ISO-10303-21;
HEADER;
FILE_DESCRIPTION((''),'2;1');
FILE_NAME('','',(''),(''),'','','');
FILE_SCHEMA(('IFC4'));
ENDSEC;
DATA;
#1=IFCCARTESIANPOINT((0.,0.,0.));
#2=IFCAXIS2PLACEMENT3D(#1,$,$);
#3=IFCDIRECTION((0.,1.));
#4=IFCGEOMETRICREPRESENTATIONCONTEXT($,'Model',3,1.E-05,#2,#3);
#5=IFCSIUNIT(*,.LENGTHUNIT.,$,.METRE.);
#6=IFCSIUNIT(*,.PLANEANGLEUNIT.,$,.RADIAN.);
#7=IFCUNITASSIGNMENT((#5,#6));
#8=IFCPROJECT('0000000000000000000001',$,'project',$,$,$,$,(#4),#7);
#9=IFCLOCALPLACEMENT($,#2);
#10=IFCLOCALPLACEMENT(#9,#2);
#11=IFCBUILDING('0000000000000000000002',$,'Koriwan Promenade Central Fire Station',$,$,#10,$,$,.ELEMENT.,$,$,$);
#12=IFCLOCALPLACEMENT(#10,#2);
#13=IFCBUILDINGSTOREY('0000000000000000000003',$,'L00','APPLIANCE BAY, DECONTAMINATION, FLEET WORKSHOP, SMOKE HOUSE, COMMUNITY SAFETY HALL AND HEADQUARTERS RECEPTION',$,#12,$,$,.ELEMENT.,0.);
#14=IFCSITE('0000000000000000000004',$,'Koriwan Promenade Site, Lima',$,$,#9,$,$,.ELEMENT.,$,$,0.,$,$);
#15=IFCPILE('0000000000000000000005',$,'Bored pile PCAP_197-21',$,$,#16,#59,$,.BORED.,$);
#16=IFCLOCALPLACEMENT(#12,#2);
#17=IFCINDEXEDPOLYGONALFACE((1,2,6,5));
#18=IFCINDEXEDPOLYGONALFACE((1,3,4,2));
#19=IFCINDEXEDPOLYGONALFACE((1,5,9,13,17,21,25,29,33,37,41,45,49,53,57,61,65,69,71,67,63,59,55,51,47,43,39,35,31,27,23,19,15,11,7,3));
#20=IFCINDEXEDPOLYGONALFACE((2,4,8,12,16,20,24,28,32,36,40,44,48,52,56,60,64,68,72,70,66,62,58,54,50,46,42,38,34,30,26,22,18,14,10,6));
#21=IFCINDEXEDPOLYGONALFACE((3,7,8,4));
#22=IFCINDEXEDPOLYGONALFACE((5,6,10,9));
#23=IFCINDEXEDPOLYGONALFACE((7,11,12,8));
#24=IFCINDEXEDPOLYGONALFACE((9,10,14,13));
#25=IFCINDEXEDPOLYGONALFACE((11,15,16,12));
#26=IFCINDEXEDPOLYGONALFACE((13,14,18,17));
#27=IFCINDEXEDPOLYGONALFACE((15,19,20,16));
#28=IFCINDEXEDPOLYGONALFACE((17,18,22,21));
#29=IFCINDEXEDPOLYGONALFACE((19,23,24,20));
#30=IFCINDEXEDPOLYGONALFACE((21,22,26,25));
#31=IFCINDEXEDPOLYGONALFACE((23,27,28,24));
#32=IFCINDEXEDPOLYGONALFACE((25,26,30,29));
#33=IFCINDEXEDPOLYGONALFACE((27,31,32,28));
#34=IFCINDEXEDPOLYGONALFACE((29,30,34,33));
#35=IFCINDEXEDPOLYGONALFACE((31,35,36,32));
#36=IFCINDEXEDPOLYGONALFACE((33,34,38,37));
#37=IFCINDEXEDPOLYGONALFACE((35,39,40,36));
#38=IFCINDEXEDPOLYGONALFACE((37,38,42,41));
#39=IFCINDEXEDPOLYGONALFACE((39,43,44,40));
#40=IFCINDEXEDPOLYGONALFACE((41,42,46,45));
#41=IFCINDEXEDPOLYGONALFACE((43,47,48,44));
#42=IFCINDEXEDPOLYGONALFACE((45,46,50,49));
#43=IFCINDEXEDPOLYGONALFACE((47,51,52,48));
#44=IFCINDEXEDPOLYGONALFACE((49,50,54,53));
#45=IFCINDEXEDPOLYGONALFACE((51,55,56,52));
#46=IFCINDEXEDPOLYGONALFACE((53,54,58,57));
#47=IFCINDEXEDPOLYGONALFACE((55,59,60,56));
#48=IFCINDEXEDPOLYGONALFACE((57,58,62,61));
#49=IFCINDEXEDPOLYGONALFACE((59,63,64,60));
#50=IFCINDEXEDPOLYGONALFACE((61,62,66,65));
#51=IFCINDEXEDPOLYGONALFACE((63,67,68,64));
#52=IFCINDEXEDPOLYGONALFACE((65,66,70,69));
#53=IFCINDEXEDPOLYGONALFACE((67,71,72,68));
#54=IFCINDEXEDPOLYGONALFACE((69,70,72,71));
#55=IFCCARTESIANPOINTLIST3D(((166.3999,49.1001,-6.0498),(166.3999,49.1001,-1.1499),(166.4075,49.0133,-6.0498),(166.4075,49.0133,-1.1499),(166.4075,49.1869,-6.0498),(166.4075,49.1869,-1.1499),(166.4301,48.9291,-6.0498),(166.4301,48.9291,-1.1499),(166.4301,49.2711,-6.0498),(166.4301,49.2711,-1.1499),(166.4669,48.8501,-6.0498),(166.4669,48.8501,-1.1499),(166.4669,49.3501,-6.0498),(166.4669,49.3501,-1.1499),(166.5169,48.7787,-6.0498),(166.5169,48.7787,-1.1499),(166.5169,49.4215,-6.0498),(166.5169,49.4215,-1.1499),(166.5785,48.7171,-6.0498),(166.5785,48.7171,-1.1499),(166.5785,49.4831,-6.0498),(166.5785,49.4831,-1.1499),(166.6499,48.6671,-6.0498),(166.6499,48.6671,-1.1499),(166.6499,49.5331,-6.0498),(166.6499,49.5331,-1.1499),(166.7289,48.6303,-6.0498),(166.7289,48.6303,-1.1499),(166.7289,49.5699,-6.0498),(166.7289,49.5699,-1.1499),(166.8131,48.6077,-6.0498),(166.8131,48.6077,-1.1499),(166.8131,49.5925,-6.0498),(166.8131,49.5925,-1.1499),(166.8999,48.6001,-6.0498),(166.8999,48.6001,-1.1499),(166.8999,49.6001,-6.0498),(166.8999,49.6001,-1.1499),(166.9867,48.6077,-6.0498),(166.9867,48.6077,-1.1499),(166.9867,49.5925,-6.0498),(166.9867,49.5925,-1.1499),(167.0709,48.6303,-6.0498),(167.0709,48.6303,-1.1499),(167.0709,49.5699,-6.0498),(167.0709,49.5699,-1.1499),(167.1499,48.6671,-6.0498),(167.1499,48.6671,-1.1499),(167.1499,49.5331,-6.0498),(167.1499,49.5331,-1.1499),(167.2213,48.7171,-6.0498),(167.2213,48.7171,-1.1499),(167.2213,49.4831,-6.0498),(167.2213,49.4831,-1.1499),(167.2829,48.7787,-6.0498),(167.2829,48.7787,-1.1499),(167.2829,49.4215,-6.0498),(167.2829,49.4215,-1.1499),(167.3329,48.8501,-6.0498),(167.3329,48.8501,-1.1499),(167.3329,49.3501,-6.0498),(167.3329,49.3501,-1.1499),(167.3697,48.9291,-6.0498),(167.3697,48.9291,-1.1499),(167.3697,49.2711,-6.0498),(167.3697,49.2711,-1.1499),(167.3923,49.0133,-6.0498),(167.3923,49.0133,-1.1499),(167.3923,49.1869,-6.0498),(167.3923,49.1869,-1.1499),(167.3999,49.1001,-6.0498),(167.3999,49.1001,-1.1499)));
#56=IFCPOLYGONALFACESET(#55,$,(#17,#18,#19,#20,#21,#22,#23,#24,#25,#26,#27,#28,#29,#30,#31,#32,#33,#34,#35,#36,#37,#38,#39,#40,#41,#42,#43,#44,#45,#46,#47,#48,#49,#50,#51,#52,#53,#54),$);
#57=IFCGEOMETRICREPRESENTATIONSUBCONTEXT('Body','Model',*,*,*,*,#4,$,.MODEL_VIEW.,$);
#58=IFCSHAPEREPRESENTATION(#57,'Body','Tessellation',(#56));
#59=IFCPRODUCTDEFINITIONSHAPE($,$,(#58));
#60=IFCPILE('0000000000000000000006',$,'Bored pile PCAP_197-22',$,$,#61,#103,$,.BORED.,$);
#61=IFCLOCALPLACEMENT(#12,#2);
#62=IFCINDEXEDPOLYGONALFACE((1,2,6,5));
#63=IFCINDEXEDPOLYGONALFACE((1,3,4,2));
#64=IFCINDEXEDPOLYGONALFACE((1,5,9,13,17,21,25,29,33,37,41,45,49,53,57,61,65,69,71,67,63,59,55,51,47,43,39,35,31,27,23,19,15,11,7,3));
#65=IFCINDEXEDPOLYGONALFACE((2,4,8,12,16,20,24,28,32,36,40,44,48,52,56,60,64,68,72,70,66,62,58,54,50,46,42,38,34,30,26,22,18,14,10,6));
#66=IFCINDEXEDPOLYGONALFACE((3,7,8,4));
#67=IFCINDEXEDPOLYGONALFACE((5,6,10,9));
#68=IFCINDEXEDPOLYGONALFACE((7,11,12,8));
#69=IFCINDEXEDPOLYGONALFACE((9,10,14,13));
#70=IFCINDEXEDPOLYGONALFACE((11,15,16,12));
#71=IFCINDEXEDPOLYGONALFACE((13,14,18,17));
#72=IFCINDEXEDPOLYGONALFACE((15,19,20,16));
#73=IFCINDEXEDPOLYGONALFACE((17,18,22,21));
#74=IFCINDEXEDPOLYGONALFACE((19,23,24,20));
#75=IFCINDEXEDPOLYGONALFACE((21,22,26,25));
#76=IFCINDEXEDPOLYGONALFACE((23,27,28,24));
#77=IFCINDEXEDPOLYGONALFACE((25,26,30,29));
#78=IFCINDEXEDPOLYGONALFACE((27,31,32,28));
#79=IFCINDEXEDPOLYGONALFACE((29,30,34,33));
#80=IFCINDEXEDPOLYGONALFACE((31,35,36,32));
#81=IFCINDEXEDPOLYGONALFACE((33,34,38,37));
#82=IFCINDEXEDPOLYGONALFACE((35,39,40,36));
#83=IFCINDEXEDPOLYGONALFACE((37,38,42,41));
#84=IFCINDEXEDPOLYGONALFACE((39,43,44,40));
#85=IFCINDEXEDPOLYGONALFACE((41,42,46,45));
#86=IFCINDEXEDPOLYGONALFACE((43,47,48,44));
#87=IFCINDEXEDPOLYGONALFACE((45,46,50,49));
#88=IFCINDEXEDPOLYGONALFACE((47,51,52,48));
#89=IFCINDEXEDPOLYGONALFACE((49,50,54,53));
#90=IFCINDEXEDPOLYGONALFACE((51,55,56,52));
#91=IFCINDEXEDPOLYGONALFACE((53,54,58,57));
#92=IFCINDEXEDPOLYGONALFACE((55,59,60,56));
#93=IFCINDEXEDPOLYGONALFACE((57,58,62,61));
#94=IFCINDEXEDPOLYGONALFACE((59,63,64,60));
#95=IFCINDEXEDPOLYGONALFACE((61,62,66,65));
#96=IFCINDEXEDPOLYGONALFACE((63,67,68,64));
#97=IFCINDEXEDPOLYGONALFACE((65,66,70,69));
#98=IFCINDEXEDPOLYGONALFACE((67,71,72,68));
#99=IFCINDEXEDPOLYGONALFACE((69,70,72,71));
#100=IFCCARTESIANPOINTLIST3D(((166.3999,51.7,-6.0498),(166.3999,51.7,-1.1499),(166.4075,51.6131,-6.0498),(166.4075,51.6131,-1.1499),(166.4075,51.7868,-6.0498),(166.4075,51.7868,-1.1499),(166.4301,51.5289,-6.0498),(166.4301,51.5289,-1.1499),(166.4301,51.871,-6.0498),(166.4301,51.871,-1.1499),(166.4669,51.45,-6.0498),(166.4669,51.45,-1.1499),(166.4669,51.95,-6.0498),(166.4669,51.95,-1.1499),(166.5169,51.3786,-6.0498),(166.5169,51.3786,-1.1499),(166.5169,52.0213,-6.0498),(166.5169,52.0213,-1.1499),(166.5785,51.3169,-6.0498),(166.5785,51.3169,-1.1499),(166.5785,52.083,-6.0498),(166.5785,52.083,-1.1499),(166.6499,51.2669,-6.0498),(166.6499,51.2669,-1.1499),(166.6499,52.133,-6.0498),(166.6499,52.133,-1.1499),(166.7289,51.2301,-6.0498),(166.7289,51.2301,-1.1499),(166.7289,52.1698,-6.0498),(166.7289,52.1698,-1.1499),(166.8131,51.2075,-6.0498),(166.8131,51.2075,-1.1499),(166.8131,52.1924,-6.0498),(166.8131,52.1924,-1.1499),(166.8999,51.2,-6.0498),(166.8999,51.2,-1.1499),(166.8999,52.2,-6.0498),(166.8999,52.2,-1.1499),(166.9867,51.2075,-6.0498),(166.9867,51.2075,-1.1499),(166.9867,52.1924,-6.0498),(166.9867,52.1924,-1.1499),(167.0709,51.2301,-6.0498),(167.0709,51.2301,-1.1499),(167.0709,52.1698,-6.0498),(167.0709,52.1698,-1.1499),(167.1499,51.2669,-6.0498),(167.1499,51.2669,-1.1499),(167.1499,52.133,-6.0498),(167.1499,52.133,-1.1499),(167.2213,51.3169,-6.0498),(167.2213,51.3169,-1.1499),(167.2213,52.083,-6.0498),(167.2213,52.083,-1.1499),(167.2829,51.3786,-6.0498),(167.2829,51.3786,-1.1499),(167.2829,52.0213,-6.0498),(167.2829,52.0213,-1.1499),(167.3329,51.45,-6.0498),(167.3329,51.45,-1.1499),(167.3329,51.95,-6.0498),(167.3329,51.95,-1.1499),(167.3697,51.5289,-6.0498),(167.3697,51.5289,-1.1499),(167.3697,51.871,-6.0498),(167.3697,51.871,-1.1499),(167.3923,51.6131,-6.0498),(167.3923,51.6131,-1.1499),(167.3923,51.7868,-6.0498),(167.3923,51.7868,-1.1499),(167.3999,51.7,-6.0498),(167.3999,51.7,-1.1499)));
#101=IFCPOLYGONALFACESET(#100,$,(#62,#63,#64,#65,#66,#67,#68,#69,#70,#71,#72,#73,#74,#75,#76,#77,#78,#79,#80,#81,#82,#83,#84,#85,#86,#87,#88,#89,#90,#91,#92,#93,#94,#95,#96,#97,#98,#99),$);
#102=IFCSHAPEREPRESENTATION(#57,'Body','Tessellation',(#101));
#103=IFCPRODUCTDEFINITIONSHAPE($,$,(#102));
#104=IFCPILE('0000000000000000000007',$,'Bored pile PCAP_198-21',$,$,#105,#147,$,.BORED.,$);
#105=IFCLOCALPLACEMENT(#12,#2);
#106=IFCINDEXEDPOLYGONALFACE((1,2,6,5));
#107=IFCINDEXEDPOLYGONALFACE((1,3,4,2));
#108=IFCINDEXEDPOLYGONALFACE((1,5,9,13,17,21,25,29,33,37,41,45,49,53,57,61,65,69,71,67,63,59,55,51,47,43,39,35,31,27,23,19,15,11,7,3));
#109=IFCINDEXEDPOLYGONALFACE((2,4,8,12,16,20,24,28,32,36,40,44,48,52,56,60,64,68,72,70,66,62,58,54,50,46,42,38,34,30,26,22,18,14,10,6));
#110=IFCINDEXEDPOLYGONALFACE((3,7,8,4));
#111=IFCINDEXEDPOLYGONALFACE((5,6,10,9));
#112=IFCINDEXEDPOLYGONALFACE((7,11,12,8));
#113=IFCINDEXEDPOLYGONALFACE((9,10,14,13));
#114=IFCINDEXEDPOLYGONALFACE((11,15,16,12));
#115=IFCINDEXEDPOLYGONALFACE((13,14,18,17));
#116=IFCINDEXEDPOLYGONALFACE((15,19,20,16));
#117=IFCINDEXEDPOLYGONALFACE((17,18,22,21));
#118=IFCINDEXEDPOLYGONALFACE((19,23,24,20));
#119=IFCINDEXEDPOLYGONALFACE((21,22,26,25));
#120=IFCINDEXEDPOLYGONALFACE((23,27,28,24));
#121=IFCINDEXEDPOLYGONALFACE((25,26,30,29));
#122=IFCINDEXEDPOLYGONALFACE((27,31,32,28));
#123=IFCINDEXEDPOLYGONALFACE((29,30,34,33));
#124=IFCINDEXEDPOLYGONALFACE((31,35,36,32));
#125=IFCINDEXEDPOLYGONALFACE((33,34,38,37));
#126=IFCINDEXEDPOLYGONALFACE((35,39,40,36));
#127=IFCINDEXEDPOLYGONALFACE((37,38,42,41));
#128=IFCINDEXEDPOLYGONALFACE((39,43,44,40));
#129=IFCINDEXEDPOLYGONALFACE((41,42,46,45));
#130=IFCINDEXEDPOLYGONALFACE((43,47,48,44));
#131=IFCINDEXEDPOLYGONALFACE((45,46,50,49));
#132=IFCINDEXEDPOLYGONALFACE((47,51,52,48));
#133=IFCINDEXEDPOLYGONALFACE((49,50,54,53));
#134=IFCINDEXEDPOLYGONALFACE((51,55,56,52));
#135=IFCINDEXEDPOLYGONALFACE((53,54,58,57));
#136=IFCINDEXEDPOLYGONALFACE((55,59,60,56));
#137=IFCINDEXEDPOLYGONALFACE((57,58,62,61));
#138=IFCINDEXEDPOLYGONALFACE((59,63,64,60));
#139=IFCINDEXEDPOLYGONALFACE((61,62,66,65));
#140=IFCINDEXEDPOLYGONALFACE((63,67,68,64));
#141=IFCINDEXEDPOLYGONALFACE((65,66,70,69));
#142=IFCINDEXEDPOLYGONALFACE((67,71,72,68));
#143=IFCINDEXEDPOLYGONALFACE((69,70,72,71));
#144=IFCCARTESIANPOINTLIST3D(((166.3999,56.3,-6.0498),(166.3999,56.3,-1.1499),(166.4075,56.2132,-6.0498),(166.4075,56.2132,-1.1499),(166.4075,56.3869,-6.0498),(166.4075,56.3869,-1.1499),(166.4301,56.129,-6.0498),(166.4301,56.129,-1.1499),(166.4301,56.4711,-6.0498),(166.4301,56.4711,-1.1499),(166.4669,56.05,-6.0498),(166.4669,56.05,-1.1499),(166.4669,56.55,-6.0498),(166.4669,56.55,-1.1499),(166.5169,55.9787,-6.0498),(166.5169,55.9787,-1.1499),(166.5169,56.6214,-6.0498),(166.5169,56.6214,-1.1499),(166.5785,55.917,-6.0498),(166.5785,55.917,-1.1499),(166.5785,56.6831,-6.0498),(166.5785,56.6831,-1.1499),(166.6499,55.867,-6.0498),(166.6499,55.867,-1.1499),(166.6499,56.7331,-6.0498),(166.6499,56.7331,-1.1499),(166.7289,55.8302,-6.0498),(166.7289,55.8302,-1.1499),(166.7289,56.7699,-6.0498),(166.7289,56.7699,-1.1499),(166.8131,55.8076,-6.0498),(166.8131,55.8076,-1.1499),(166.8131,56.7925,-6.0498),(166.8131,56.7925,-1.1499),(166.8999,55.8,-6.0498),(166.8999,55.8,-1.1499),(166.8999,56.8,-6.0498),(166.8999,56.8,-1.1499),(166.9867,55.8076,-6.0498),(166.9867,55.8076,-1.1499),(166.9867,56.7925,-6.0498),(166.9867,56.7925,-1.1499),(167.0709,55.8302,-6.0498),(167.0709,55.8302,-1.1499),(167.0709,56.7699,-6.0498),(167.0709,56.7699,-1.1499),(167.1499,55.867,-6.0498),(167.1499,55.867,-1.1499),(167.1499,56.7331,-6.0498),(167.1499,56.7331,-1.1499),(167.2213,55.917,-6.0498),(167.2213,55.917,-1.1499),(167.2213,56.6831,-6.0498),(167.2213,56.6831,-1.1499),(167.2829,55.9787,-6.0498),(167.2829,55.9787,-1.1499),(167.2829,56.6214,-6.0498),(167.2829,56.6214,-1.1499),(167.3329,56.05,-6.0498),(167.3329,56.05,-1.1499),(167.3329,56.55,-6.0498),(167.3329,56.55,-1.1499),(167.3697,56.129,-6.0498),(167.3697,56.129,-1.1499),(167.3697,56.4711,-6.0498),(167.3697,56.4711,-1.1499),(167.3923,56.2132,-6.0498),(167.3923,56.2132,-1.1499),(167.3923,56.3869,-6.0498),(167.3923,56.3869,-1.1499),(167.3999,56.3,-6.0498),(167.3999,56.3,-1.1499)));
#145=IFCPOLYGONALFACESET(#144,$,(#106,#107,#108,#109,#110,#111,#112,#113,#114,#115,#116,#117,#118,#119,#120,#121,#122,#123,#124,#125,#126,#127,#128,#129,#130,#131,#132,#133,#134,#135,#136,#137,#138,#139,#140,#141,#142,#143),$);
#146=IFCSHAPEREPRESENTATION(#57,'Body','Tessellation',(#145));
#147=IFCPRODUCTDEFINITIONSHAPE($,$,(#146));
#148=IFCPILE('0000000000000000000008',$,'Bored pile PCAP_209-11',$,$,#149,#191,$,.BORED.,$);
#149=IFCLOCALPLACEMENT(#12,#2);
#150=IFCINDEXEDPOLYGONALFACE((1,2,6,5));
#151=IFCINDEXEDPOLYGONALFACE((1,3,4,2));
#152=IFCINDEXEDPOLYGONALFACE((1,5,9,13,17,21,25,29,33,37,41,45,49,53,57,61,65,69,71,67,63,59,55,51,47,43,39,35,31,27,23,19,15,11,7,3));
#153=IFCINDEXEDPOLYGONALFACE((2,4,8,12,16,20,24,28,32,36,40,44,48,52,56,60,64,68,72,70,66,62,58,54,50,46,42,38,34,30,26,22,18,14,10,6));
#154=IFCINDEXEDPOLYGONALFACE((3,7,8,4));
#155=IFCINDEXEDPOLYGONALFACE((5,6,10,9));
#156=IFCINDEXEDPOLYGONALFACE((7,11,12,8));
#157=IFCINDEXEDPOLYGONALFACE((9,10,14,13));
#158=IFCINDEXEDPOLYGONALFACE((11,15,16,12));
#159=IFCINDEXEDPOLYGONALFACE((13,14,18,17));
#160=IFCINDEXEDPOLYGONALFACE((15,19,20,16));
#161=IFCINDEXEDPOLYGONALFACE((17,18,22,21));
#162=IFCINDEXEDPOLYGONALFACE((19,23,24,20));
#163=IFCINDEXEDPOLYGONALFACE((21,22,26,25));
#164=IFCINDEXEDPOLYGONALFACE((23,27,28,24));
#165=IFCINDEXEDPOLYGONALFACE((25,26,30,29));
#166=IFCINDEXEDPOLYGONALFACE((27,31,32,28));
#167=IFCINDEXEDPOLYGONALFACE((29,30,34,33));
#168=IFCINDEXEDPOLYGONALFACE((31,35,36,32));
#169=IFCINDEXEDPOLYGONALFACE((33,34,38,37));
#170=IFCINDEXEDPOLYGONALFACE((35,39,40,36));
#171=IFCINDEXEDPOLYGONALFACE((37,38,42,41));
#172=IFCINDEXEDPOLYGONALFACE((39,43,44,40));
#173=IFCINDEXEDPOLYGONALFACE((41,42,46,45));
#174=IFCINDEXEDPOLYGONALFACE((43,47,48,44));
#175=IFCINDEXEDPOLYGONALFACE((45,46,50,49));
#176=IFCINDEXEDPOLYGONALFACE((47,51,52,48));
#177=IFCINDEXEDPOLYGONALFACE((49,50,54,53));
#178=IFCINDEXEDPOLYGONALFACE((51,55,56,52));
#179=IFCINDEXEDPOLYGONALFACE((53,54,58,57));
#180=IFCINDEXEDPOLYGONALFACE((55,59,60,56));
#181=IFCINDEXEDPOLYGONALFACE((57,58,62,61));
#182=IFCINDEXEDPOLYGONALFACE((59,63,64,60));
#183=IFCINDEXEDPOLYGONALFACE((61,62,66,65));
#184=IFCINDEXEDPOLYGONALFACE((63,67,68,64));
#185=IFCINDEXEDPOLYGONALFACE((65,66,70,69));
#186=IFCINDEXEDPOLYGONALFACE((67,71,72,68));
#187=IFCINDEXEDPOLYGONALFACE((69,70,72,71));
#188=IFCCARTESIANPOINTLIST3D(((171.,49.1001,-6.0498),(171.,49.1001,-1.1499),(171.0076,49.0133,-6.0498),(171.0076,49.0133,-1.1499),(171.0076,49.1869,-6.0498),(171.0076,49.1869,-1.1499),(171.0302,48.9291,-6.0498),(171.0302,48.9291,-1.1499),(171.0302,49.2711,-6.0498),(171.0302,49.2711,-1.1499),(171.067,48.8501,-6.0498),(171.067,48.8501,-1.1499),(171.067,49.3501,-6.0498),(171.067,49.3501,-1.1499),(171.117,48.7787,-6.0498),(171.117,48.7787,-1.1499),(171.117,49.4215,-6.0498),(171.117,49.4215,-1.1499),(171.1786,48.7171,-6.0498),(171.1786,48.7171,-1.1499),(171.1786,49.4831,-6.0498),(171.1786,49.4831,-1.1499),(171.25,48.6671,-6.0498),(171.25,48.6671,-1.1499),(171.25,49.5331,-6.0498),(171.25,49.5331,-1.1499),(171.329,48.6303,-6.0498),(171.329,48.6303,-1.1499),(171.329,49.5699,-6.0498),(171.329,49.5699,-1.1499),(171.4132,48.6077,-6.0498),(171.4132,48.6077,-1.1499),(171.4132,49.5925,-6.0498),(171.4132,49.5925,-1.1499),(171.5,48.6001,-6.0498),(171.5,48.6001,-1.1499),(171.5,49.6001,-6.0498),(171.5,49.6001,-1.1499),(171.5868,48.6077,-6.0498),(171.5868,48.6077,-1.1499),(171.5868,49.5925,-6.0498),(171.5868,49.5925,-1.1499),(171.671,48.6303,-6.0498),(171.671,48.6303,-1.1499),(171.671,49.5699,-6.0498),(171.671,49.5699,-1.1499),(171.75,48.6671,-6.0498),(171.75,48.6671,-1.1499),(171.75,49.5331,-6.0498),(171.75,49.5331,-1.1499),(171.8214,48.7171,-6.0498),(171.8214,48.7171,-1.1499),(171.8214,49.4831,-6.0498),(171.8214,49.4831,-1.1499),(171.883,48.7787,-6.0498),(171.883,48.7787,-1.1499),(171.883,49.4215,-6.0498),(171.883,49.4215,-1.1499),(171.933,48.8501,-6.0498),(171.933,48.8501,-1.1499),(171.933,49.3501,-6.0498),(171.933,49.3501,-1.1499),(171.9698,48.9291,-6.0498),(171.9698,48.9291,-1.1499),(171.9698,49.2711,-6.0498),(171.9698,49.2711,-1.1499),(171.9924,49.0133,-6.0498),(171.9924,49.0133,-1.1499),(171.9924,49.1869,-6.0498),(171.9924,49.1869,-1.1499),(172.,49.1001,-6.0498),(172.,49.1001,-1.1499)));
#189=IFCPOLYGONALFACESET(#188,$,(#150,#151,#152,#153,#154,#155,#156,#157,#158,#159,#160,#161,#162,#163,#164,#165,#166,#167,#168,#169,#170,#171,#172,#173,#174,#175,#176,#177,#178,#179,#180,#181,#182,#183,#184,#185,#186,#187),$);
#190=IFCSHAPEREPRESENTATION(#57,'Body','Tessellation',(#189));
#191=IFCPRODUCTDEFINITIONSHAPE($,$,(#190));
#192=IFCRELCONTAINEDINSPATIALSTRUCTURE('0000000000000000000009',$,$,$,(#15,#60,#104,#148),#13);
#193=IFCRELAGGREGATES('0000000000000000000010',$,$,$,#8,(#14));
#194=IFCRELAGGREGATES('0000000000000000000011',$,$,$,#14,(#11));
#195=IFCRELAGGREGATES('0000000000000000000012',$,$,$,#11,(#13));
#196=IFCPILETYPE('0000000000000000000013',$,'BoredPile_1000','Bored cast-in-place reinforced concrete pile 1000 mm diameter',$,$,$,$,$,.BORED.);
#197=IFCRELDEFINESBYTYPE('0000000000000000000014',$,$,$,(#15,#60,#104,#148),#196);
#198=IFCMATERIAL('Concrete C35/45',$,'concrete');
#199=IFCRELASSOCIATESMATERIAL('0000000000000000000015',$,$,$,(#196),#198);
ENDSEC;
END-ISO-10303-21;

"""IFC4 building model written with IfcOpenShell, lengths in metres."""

from ifc_helpers import new_model, si_unit, direction, frame, origin, origin_2d, place, context, subcontext, project, spatial, circle, extrude, material, material_profile, profile_set, type_object, element, save


model = new_model("IFC4")

# Units and contexts
model_context = context("Model", 3, precision=1e-05, world=origin(), true_north=direction((0.0, 1.0)))
body_context = subcontext(model_context, "Body", "Model", "MODEL_VIEW")
ifc_project = project(units=[si_unit("LENGTHUNIT", "METRE"), si_unit("PLANEANGLEUNIT", "RADIAN")], contexts=[model_context])

# Site, building, storey
site_placement = place(None, origin())
site = spatial("IfcSite", under=ifc_project, at=site_placement, Name="Koriwan Promenade Site, Lima", CompositionType="ELEMENT", RefElevation=0.0)
building_placement = place(site_placement, origin())
building = spatial("IfcBuilding", under=site, at=building_placement, Name="Koriwan Promenade Central Fire Station", CompositionType="ELEMENT")
storey_placement = place(building_placement, origin())
storey = spatial("IfcBuildingStorey", under=building, at=storey_placement, Name="L00", Description="APPLIANCE BAY, DECONTAMINATION, FLEET WORKSHOP, SMOKE HOUSE, COMMUNITY SAFETY HALL AND HEADQUARTERS RECEPTION", CompositionType="ELEMENT", Elevation=0.0)

# Piles
ifc_material_1 = material(Name="Concrete C35/45", Category="concrete")
ifc_material_profile_1 = material_profile(ifc_material_1, circle(Radius=0.5, at=origin_2d()), Name="PILE-D1000")
ifc_profile_set_1 = profile_set([ifc_material_profile_1], Name="Concrete C35/45")
pile_type = type_object("IfcPileType", Name="BoredPile_1000", Description="Bored cast-in-place reinforced concrete pile 1000 mm diameter", PredefinedType="BORED", material=ifc_profile_set_1)
for number, where, z_axis, x_axis, name in (
    (1, (166.8999, 49.1001, -1.1499), (0.0, 0.0, -1.0), (1.0, 0.0, 0.0), "Bored pile PCAP_197-21"),
    (2, (166.8999, 51.7, -1.1499), (0.0, 0.0, -1.0), (1.0, 0.0, 0.0), "Bored pile PCAP_197-22"),
    (3, (166.8999, 56.3, -1.1499), (0.0, 0.0, -1.0), (1.0, 0.0, 0.0), "Bored pile PCAP_198-21"),
    (4, (171.5, 49.1001, -1.1499), (0.0, 0.0, -1.0), (1.0, 0.0, 0.0), "Bored pile PCAP_209-11"),
):
    element("IfcPile", number, at=place(storey_placement, frame(where, z_axis=z_axis, x_axis=x_axis)), inside=storey, type_object=pile_type, Name=name, PredefinedType="BORED", context=body_context, shape_type="SweptSolid", body=[
        extrude(circle(Radius=0.5, at=origin_2d()), origin(), (0.0, 0.0, 1.0), 4.8999),
    ])

save(model, "model.ifc")
